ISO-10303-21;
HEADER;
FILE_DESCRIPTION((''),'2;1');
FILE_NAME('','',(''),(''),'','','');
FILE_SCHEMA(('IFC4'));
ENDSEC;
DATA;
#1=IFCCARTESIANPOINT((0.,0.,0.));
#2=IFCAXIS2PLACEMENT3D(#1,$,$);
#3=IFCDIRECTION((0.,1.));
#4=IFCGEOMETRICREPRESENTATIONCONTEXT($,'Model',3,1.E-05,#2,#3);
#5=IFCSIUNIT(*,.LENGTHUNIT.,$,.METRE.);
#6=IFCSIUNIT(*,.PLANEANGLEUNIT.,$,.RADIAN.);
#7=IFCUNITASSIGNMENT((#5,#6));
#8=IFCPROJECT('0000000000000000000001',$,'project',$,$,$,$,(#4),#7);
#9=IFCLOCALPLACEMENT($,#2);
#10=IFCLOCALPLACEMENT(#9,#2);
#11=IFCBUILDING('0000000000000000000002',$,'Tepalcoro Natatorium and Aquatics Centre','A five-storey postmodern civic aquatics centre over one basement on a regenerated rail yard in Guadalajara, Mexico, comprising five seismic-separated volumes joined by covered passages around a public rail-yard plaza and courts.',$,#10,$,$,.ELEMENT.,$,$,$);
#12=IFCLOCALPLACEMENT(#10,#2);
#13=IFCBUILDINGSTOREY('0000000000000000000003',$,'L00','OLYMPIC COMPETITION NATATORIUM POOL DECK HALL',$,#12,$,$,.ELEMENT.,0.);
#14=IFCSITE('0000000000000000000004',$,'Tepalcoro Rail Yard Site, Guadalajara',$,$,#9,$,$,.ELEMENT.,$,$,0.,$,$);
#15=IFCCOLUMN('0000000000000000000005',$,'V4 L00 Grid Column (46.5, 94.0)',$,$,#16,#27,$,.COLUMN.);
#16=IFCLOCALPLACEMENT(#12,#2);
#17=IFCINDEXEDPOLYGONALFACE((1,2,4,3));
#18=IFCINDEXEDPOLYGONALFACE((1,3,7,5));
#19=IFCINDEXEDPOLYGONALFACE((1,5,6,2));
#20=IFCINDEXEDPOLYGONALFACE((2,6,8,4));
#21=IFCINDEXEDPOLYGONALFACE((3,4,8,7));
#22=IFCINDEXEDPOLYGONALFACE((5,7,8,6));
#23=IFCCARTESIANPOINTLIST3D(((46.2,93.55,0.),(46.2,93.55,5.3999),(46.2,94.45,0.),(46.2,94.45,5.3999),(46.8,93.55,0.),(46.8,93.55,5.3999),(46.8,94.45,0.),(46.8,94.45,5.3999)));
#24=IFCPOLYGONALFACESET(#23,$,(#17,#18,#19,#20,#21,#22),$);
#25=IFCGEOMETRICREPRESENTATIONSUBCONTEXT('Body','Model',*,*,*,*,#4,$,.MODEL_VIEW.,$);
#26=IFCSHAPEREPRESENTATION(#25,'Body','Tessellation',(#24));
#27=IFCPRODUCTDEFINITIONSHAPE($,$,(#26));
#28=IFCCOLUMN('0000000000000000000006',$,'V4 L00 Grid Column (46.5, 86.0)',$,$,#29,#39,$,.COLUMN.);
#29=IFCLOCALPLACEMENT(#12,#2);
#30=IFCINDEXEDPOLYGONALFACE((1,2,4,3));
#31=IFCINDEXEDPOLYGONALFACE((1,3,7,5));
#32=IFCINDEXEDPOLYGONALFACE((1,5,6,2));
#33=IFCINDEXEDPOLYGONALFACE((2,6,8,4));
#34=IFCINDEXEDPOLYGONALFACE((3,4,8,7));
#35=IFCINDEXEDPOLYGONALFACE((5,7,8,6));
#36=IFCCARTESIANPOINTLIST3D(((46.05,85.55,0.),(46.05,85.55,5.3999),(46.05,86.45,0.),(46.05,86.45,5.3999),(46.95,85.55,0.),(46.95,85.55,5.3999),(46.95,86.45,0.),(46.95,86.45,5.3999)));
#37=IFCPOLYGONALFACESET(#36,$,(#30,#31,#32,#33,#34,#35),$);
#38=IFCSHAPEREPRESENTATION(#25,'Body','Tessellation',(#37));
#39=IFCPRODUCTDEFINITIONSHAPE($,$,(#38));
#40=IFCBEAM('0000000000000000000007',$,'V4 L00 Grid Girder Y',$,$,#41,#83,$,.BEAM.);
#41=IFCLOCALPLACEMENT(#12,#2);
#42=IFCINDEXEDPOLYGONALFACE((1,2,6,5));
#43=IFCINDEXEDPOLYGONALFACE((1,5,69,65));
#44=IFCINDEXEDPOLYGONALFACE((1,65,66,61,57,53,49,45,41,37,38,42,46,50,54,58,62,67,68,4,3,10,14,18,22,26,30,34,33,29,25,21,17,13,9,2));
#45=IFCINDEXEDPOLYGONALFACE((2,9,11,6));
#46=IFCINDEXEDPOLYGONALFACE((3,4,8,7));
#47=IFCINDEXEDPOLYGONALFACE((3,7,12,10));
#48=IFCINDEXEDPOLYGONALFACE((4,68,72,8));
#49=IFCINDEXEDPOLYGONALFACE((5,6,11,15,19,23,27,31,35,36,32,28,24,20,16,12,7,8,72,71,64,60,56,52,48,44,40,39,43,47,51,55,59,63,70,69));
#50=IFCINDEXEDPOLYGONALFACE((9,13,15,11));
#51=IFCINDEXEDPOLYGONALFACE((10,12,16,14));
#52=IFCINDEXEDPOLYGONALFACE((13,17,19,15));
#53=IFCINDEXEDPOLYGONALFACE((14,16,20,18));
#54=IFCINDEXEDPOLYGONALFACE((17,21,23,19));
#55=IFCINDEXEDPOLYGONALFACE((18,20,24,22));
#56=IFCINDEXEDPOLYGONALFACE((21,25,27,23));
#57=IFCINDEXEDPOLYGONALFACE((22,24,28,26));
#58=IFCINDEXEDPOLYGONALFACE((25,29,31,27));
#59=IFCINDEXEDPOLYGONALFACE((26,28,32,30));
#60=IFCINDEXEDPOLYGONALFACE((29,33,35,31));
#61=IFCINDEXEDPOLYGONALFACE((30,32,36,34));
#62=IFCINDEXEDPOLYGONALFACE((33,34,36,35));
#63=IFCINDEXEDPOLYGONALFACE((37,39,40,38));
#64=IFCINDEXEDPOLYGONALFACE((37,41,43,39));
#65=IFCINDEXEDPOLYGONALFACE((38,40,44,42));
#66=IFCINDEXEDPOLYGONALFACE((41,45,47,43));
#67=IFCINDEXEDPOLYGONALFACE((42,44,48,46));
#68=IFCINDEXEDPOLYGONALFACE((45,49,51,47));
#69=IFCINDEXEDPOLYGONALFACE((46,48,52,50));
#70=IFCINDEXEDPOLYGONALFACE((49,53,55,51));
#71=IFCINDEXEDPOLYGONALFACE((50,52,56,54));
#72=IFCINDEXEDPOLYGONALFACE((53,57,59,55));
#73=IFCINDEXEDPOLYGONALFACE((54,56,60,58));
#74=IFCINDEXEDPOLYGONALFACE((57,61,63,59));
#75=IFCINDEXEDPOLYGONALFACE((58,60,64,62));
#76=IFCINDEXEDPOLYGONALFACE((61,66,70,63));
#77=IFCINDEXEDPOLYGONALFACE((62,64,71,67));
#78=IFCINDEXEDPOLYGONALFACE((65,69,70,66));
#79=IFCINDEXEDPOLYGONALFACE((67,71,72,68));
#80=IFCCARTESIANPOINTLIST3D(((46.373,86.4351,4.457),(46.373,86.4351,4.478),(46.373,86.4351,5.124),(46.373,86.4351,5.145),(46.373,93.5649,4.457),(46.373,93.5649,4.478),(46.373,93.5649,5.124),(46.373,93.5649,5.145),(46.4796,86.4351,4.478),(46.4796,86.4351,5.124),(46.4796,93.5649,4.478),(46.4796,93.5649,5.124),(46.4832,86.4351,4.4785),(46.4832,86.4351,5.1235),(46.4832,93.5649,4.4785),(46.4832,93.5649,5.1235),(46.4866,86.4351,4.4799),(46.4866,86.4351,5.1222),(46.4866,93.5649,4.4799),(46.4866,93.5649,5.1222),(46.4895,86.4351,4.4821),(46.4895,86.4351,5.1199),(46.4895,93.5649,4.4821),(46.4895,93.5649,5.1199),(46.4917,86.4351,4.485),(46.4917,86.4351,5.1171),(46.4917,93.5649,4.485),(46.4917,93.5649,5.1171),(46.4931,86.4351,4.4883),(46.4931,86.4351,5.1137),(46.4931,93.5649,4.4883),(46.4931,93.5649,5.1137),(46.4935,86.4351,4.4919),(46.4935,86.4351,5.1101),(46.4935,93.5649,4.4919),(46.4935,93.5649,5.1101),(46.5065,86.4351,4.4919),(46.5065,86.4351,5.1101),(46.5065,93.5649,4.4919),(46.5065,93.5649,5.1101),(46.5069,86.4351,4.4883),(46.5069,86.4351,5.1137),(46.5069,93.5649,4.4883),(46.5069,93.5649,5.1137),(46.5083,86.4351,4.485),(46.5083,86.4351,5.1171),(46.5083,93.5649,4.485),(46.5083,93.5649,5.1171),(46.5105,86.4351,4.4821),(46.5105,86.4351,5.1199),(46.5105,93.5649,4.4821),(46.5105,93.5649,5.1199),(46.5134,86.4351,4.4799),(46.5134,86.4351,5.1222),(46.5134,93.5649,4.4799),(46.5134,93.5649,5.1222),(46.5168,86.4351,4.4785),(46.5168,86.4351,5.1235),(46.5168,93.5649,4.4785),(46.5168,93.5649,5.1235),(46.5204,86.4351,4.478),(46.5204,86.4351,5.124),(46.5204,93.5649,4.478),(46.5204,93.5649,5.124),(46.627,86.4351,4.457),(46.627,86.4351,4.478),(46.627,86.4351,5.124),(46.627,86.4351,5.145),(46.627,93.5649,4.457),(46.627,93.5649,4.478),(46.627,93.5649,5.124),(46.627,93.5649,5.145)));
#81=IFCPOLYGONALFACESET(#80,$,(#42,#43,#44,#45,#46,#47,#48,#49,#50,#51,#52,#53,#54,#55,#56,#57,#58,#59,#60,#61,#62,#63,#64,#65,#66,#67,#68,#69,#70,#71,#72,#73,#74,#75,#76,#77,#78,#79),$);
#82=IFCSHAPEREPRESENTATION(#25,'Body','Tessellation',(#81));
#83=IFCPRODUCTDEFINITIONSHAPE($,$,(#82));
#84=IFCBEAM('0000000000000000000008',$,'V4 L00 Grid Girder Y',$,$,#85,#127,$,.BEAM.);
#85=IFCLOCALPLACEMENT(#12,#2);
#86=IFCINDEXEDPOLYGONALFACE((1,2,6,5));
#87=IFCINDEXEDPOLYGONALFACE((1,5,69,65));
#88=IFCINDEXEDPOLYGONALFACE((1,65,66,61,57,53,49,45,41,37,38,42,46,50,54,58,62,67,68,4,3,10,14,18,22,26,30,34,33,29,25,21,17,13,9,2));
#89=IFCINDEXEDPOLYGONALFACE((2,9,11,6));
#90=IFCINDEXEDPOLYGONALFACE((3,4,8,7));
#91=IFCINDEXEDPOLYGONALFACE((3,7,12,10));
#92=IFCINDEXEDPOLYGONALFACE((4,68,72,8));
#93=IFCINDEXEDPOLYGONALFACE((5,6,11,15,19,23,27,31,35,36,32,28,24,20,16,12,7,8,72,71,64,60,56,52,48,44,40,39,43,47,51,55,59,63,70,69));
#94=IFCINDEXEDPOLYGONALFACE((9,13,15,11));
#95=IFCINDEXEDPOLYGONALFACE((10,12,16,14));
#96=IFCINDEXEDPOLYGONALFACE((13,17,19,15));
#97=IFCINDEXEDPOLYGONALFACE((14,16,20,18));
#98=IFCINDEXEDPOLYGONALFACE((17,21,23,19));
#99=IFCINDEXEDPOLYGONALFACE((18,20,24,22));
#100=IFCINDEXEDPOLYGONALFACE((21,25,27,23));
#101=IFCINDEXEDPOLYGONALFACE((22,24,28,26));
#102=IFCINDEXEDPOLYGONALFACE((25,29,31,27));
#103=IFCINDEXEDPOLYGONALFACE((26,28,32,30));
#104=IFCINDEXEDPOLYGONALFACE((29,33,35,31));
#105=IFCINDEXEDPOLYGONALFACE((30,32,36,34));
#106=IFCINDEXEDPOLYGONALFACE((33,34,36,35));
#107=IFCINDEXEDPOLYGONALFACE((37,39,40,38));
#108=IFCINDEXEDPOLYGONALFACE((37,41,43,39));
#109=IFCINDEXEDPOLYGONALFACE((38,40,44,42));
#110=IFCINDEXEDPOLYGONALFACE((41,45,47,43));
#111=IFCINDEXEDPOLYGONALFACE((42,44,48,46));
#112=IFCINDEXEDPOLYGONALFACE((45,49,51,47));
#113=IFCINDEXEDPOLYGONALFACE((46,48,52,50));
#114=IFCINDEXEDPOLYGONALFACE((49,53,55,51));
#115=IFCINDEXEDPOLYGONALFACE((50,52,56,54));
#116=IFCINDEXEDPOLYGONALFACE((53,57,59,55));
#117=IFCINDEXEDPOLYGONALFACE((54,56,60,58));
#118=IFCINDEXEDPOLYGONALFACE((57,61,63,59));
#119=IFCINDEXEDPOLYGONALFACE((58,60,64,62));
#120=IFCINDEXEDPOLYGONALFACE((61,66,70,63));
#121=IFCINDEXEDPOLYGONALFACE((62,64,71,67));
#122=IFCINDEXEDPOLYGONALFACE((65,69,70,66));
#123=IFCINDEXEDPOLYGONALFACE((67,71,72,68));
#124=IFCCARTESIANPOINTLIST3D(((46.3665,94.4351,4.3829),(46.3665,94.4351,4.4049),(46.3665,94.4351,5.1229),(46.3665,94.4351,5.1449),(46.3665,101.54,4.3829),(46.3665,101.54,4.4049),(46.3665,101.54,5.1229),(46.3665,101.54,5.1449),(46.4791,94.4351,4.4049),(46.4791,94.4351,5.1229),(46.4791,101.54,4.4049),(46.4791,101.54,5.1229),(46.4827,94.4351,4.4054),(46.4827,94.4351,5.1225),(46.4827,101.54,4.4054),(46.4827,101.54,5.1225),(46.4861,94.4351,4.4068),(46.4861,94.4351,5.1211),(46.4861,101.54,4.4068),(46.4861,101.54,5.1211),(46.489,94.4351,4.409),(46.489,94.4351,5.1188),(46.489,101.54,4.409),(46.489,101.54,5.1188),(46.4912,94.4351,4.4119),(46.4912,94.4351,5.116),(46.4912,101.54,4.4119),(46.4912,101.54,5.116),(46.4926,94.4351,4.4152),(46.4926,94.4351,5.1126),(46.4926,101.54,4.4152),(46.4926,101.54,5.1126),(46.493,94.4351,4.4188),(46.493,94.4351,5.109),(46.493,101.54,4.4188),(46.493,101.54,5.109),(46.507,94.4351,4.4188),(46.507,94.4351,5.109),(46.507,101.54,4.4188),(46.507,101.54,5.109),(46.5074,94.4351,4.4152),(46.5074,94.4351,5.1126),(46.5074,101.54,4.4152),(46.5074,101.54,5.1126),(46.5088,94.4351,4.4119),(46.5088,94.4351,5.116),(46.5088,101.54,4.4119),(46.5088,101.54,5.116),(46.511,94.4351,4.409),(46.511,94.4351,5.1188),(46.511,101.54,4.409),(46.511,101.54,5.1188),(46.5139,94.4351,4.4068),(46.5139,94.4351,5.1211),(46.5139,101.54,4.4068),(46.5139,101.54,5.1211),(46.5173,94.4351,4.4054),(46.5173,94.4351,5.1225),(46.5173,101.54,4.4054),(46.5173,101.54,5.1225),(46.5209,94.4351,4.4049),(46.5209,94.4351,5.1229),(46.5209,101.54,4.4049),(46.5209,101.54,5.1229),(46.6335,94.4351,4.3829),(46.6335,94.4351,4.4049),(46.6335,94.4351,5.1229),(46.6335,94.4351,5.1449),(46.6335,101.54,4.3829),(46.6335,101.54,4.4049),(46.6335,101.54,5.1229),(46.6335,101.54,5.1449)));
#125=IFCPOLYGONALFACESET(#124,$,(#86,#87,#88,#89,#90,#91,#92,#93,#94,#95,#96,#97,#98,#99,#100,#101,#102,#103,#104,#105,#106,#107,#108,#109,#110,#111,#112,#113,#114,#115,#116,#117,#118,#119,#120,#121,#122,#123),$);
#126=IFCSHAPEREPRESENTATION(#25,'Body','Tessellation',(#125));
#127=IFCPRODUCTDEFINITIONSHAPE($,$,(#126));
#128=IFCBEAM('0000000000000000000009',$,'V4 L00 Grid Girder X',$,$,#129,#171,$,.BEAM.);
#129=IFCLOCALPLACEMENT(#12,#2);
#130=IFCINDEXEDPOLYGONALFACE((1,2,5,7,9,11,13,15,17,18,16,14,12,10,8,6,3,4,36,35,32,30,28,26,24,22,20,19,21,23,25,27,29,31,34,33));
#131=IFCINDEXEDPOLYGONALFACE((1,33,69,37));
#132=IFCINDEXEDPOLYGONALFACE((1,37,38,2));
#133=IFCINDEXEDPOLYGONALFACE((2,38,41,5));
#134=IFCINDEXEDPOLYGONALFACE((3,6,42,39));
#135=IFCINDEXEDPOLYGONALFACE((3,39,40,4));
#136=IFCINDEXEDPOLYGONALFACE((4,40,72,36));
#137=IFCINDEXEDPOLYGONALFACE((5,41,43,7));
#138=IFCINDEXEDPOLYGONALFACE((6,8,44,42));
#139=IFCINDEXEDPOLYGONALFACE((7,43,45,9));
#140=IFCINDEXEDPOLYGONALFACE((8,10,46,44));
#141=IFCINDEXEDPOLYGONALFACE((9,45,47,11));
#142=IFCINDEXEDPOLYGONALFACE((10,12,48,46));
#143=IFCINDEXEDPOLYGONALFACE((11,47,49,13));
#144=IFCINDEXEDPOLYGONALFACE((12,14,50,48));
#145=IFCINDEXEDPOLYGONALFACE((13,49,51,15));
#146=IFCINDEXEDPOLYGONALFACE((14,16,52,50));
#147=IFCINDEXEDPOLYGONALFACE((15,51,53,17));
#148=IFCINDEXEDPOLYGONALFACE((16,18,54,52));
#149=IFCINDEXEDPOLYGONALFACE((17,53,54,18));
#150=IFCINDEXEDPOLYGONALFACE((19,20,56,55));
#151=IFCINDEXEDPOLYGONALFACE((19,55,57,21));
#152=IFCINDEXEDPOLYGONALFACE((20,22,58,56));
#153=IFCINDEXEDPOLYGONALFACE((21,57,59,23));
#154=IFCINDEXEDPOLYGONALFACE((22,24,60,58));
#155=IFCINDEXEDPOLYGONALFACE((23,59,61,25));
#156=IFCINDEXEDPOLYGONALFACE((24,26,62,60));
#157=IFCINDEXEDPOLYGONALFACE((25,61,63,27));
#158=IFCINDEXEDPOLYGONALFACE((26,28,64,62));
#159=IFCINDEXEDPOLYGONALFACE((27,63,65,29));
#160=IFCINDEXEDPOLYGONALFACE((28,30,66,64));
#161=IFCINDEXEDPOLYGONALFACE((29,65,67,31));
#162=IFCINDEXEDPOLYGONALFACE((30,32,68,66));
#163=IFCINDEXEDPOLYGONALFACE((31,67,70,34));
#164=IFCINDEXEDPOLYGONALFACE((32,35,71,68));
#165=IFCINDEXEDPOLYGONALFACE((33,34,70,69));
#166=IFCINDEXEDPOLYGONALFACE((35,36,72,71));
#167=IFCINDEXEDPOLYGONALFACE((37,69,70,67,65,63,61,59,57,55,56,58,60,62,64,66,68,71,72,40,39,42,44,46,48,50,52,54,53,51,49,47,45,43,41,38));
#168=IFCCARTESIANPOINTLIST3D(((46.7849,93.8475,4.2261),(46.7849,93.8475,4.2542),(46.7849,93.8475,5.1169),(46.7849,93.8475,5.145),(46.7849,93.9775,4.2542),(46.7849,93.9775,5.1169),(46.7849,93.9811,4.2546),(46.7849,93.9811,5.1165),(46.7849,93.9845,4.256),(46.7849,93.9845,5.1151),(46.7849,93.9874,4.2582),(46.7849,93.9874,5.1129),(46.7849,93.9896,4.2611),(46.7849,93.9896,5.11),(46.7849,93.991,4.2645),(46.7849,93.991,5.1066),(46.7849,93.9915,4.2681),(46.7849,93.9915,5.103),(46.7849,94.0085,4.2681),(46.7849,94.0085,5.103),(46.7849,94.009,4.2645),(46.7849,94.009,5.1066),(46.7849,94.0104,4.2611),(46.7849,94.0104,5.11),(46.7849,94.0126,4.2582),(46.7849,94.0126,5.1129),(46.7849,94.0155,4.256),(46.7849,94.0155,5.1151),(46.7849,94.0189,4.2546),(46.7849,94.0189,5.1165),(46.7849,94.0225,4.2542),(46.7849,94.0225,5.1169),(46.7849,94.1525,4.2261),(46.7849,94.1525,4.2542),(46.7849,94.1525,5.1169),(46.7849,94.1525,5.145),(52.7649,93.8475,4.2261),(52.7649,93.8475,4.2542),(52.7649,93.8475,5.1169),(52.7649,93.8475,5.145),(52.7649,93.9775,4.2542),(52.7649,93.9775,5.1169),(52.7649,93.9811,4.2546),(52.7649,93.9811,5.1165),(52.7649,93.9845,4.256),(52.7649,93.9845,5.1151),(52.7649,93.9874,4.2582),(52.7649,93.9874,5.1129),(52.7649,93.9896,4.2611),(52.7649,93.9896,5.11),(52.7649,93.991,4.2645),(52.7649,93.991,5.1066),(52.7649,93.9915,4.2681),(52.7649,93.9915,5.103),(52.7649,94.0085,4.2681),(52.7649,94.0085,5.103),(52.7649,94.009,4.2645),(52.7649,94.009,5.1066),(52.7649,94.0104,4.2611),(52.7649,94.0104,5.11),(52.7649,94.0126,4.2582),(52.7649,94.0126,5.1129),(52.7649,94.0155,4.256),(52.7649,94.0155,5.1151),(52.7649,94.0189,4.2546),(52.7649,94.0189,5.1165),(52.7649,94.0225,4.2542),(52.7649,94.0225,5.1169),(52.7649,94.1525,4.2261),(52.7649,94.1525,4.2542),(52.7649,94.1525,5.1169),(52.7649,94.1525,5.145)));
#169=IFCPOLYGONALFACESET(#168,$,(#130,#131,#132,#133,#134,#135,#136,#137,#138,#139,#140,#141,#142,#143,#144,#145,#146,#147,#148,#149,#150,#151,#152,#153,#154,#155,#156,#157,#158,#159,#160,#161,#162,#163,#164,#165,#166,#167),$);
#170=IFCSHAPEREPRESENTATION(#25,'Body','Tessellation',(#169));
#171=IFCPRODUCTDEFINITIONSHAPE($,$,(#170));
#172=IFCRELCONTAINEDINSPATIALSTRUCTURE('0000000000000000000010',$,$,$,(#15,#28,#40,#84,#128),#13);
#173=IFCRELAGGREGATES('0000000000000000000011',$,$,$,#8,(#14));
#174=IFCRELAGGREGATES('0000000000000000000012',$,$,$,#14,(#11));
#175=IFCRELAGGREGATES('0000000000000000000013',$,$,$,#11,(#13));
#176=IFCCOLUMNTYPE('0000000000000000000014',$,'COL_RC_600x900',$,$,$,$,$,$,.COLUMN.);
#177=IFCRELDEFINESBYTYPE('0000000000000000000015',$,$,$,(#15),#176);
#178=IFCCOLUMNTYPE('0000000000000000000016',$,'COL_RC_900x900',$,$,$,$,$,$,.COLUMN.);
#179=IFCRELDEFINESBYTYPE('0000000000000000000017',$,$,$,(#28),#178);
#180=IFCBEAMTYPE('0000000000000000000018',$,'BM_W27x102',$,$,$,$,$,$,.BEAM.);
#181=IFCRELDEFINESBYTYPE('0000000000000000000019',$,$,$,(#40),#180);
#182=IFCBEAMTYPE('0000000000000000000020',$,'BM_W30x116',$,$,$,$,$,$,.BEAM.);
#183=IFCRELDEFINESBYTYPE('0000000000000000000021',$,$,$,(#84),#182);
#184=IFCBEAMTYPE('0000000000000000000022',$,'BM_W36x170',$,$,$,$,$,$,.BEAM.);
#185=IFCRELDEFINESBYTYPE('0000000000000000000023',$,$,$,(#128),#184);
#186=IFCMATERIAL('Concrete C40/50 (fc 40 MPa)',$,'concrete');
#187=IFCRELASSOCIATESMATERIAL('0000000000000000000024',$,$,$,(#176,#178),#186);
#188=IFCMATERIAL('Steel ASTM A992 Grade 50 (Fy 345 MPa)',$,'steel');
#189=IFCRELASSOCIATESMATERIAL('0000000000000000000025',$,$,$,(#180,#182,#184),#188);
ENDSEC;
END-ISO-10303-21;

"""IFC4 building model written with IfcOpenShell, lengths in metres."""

from ifc_helpers import new_model, si_unit, direction, frame, origin, origin_2d, place, context, subcontext, project, spatial, rectangle, i_section, extrude, material, material_profile, profile_set, type_object, element, save


model = new_model("IFC4")

# Units and contexts
model_context = context("Model", 3, precision=1e-05, world=origin(), true_north=direction((0.0, 1.0)))
body_context = subcontext(model_context, "Body", "Model", "MODEL_VIEW")
ifc_project = project(units=[si_unit("LENGTHUNIT", "METRE"), si_unit("PLANEANGLEUNIT", "RADIAN")], contexts=[model_context])

# Site, building, storey
site_placement = place(None, origin())
site = spatial("IfcSite", under=ifc_project, at=site_placement, Name="Tepalcoro Rail Yard Site, Guadalajara", CompositionType="ELEMENT", RefElevation=0.0)
building_placement = place(site_placement, origin())
building = spatial("IfcBuilding", under=site, at=building_placement, Name="Tepalcoro Natatorium and Aquatics Centre", Description="A five-storey postmodern civic aquatics centre over one basement on a regenerated rail yard in Guadalajara, Mexico, comprising five seismic-separated volumes joined by covered passages around a public rail-yard plaza and courts.", CompositionType="ELEMENT")
storey_placement = place(building_placement, origin())
storey = spatial("IfcBuildingStorey", under=building, at=storey_placement, Name="L00", Description="OLYMPIC COMPETITION NATATORIUM POOL DECK HALL", CompositionType="ELEMENT", Elevation=0.0)

# Columns
ifc_material_1 = material(Name="Concrete C40/50 (fc 40 MPa)", Category="concrete")
ifc_material_profile_1 = material_profile(ifc_material_1, rectangle(XDim=0.6001, YDim=0.8999, at=origin_2d()), Name="RC600x900")
ifc_profile_set_1 = profile_set([ifc_material_profile_1], Name="Concrete C40/50 (fc 40 MPa)")
column_type_1 = type_object("IfcColumnType", Name="COL_RC_600x900", PredefinedType="COLUMN", material=ifc_profile_set_1)
column_1_placement = place(storey_placement, frame((46.5, 94.0, 0.0), z_axis=(0.0, 0.0, 1.0), x_axis=(1.0, 0.0, 0.0)))
element("IfcColumn", 1, at=column_1_placement, inside=storey, type_object=column_type_1, Name="V4 L00 Grid Column (46.5, 94.0)", PredefinedType="COLUMN", context=body_context, shape_type="SweptSolid", body=[
    extrude(rectangle(XDim=0.6001, YDim=0.8999, at=origin_2d()), origin(), (0.0, 0.0, 1.0), 5.3999),
])
ifc_material_profile_2 = material_profile(ifc_material_1, rectangle(XDim=0.8999, YDim=0.8999, at=origin_2d()), Name="RC900x900")
ifc_profile_set_2 = profile_set([ifc_material_profile_2], Name="Concrete C40/50 (fc 40 MPa)")
column_type_2 = type_object("IfcColumnType", Name="COL_RC_900x900", PredefinedType="COLUMN", material=ifc_profile_set_2)
column_2_placement = place(storey_placement, frame((46.5, 86.0, 0.0), z_axis=(0.0, 0.0, 1.0), x_axis=(1.0, 0.0, 0.0)))
element("IfcColumn", 2, at=column_2_placement, inside=storey, type_object=column_type_2, Name="V4 L00 Grid Column (46.5, 86.0)", PredefinedType="COLUMN", context=body_context, shape_type="SweptSolid", body=[
    extrude(rectangle(XDim=0.8999, YDim=0.8999, at=origin_2d()), origin(), (0.0, 0.0, 1.0), 5.3999),
])

# Beams
ifc_material_2 = material(Name="Steel ASTM A992 Grade 50 (Fy 345 MPa)", Category="steel")
ifc_material_profile_3 = material_profile(ifc_material_2, i_section(OverallWidth=0.2539, OverallDepth=0.688, WebThickness=0.0129, FlangeThickness=0.021, FilletRadius=0.0139, at=origin_2d()), Name="W27X102")
ifc_profile_set_3 = profile_set([ifc_material_profile_3], Name="Steel ASTM A992 Grade 50 (Fy 345 MPa)")
beam_type_1 = type_object("IfcBeamType", Name="BM_W27x102", PredefinedType="BEAM", material=ifc_profile_set_3)
beam_1_placement = place(storey_placement, frame((46.5, 86.4351, 4.801), z_axis=(0.0, 1.0, 0.0), x_axis=(-1.0, 0.0, 0.0)))
element("IfcBeam", 3, at=beam_1_placement, inside=storey, type_object=beam_type_1, Name="V4 L00 Grid Girder Y", PredefinedType="BEAM", context=body_context, shape_type="SweptSolid", body=[
    extrude(i_section(OverallWidth=0.2539, OverallDepth=0.688, WebThickness=0.0129, FlangeThickness=0.021, FilletRadius=0.0139, at=origin_2d()), origin(), (0.0, 0.0, 1.0), 7.1299),
])
ifc_material_profile_4 = material_profile(ifc_material_2, i_section(OverallWidth=0.2671, OverallDepth=0.762, WebThickness=0.0139, FlangeThickness=0.022, FilletRadius=0.0139, at=origin_2d()), Name="W30X116")
ifc_profile_set_4 = profile_set([ifc_material_profile_4], Name="Steel ASTM A992 Grade 50 (Fy 345 MPa)")
beam_type_2 = type_object("IfcBeamType", Name="BM_W30x116", PredefinedType="BEAM", material=ifc_profile_set_4)
beam_2_placement = place(storey_placement, frame((46.5, 94.4351, 4.7639), z_axis=(0.0, 1.0, 0.0), x_axis=(-1.0, 0.0, 0.0)))
element("IfcBeam", 4, at=beam_2_placement, inside=storey, type_object=beam_type_2, Name="V4 L00 Grid Girder Y", PredefinedType="BEAM", context=body_context, shape_type="SweptSolid", body=[
    extrude(i_section(OverallWidth=0.2671, OverallDepth=0.762, WebThickness=0.0139, FlangeThickness=0.022, FilletRadius=0.0139, at=origin_2d()), origin(), (0.0, 0.0, 1.0), 7.105),
])
ifc_material_profile_5 = material_profile(ifc_material_2, i_section(OverallWidth=0.3049, OverallDepth=0.9189, WebThickness=0.0171, FlangeThickness=0.0281, FilletRadius=0.0139, at=origin_2d()), Name="W36X170")
ifc_profile_set_5 = profile_set([ifc_material_profile_5], Name="Steel ASTM A992 Grade 50 (Fy 345 MPa)")
beam_type_3 = type_object("IfcBeamType", Name="BM_W36x170", PredefinedType="BEAM", material=ifc_profile_set_5)
beam_3_placement = place(storey_placement, frame((46.7849, 94.0, 4.6855), z_axis=(1.0, 0.0, 0.0), x_axis=(0.0, 1.0, 0.0)))
element("IfcBeam", 5, at=beam_3_placement, inside=storey, type_object=beam_type_3, Name="V4 L00 Grid Girder X", PredefinedType="BEAM", context=body_context, shape_type="SweptSolid", body=[
    extrude(i_section(OverallWidth=0.3049, OverallDepth=0.9189, WebThickness=0.0171, FlangeThickness=0.0281, FilletRadius=0.0139, at=origin_2d()), origin(), (0.0, 0.0, 1.0), 5.98),
])

save(model, "model.ifc")
